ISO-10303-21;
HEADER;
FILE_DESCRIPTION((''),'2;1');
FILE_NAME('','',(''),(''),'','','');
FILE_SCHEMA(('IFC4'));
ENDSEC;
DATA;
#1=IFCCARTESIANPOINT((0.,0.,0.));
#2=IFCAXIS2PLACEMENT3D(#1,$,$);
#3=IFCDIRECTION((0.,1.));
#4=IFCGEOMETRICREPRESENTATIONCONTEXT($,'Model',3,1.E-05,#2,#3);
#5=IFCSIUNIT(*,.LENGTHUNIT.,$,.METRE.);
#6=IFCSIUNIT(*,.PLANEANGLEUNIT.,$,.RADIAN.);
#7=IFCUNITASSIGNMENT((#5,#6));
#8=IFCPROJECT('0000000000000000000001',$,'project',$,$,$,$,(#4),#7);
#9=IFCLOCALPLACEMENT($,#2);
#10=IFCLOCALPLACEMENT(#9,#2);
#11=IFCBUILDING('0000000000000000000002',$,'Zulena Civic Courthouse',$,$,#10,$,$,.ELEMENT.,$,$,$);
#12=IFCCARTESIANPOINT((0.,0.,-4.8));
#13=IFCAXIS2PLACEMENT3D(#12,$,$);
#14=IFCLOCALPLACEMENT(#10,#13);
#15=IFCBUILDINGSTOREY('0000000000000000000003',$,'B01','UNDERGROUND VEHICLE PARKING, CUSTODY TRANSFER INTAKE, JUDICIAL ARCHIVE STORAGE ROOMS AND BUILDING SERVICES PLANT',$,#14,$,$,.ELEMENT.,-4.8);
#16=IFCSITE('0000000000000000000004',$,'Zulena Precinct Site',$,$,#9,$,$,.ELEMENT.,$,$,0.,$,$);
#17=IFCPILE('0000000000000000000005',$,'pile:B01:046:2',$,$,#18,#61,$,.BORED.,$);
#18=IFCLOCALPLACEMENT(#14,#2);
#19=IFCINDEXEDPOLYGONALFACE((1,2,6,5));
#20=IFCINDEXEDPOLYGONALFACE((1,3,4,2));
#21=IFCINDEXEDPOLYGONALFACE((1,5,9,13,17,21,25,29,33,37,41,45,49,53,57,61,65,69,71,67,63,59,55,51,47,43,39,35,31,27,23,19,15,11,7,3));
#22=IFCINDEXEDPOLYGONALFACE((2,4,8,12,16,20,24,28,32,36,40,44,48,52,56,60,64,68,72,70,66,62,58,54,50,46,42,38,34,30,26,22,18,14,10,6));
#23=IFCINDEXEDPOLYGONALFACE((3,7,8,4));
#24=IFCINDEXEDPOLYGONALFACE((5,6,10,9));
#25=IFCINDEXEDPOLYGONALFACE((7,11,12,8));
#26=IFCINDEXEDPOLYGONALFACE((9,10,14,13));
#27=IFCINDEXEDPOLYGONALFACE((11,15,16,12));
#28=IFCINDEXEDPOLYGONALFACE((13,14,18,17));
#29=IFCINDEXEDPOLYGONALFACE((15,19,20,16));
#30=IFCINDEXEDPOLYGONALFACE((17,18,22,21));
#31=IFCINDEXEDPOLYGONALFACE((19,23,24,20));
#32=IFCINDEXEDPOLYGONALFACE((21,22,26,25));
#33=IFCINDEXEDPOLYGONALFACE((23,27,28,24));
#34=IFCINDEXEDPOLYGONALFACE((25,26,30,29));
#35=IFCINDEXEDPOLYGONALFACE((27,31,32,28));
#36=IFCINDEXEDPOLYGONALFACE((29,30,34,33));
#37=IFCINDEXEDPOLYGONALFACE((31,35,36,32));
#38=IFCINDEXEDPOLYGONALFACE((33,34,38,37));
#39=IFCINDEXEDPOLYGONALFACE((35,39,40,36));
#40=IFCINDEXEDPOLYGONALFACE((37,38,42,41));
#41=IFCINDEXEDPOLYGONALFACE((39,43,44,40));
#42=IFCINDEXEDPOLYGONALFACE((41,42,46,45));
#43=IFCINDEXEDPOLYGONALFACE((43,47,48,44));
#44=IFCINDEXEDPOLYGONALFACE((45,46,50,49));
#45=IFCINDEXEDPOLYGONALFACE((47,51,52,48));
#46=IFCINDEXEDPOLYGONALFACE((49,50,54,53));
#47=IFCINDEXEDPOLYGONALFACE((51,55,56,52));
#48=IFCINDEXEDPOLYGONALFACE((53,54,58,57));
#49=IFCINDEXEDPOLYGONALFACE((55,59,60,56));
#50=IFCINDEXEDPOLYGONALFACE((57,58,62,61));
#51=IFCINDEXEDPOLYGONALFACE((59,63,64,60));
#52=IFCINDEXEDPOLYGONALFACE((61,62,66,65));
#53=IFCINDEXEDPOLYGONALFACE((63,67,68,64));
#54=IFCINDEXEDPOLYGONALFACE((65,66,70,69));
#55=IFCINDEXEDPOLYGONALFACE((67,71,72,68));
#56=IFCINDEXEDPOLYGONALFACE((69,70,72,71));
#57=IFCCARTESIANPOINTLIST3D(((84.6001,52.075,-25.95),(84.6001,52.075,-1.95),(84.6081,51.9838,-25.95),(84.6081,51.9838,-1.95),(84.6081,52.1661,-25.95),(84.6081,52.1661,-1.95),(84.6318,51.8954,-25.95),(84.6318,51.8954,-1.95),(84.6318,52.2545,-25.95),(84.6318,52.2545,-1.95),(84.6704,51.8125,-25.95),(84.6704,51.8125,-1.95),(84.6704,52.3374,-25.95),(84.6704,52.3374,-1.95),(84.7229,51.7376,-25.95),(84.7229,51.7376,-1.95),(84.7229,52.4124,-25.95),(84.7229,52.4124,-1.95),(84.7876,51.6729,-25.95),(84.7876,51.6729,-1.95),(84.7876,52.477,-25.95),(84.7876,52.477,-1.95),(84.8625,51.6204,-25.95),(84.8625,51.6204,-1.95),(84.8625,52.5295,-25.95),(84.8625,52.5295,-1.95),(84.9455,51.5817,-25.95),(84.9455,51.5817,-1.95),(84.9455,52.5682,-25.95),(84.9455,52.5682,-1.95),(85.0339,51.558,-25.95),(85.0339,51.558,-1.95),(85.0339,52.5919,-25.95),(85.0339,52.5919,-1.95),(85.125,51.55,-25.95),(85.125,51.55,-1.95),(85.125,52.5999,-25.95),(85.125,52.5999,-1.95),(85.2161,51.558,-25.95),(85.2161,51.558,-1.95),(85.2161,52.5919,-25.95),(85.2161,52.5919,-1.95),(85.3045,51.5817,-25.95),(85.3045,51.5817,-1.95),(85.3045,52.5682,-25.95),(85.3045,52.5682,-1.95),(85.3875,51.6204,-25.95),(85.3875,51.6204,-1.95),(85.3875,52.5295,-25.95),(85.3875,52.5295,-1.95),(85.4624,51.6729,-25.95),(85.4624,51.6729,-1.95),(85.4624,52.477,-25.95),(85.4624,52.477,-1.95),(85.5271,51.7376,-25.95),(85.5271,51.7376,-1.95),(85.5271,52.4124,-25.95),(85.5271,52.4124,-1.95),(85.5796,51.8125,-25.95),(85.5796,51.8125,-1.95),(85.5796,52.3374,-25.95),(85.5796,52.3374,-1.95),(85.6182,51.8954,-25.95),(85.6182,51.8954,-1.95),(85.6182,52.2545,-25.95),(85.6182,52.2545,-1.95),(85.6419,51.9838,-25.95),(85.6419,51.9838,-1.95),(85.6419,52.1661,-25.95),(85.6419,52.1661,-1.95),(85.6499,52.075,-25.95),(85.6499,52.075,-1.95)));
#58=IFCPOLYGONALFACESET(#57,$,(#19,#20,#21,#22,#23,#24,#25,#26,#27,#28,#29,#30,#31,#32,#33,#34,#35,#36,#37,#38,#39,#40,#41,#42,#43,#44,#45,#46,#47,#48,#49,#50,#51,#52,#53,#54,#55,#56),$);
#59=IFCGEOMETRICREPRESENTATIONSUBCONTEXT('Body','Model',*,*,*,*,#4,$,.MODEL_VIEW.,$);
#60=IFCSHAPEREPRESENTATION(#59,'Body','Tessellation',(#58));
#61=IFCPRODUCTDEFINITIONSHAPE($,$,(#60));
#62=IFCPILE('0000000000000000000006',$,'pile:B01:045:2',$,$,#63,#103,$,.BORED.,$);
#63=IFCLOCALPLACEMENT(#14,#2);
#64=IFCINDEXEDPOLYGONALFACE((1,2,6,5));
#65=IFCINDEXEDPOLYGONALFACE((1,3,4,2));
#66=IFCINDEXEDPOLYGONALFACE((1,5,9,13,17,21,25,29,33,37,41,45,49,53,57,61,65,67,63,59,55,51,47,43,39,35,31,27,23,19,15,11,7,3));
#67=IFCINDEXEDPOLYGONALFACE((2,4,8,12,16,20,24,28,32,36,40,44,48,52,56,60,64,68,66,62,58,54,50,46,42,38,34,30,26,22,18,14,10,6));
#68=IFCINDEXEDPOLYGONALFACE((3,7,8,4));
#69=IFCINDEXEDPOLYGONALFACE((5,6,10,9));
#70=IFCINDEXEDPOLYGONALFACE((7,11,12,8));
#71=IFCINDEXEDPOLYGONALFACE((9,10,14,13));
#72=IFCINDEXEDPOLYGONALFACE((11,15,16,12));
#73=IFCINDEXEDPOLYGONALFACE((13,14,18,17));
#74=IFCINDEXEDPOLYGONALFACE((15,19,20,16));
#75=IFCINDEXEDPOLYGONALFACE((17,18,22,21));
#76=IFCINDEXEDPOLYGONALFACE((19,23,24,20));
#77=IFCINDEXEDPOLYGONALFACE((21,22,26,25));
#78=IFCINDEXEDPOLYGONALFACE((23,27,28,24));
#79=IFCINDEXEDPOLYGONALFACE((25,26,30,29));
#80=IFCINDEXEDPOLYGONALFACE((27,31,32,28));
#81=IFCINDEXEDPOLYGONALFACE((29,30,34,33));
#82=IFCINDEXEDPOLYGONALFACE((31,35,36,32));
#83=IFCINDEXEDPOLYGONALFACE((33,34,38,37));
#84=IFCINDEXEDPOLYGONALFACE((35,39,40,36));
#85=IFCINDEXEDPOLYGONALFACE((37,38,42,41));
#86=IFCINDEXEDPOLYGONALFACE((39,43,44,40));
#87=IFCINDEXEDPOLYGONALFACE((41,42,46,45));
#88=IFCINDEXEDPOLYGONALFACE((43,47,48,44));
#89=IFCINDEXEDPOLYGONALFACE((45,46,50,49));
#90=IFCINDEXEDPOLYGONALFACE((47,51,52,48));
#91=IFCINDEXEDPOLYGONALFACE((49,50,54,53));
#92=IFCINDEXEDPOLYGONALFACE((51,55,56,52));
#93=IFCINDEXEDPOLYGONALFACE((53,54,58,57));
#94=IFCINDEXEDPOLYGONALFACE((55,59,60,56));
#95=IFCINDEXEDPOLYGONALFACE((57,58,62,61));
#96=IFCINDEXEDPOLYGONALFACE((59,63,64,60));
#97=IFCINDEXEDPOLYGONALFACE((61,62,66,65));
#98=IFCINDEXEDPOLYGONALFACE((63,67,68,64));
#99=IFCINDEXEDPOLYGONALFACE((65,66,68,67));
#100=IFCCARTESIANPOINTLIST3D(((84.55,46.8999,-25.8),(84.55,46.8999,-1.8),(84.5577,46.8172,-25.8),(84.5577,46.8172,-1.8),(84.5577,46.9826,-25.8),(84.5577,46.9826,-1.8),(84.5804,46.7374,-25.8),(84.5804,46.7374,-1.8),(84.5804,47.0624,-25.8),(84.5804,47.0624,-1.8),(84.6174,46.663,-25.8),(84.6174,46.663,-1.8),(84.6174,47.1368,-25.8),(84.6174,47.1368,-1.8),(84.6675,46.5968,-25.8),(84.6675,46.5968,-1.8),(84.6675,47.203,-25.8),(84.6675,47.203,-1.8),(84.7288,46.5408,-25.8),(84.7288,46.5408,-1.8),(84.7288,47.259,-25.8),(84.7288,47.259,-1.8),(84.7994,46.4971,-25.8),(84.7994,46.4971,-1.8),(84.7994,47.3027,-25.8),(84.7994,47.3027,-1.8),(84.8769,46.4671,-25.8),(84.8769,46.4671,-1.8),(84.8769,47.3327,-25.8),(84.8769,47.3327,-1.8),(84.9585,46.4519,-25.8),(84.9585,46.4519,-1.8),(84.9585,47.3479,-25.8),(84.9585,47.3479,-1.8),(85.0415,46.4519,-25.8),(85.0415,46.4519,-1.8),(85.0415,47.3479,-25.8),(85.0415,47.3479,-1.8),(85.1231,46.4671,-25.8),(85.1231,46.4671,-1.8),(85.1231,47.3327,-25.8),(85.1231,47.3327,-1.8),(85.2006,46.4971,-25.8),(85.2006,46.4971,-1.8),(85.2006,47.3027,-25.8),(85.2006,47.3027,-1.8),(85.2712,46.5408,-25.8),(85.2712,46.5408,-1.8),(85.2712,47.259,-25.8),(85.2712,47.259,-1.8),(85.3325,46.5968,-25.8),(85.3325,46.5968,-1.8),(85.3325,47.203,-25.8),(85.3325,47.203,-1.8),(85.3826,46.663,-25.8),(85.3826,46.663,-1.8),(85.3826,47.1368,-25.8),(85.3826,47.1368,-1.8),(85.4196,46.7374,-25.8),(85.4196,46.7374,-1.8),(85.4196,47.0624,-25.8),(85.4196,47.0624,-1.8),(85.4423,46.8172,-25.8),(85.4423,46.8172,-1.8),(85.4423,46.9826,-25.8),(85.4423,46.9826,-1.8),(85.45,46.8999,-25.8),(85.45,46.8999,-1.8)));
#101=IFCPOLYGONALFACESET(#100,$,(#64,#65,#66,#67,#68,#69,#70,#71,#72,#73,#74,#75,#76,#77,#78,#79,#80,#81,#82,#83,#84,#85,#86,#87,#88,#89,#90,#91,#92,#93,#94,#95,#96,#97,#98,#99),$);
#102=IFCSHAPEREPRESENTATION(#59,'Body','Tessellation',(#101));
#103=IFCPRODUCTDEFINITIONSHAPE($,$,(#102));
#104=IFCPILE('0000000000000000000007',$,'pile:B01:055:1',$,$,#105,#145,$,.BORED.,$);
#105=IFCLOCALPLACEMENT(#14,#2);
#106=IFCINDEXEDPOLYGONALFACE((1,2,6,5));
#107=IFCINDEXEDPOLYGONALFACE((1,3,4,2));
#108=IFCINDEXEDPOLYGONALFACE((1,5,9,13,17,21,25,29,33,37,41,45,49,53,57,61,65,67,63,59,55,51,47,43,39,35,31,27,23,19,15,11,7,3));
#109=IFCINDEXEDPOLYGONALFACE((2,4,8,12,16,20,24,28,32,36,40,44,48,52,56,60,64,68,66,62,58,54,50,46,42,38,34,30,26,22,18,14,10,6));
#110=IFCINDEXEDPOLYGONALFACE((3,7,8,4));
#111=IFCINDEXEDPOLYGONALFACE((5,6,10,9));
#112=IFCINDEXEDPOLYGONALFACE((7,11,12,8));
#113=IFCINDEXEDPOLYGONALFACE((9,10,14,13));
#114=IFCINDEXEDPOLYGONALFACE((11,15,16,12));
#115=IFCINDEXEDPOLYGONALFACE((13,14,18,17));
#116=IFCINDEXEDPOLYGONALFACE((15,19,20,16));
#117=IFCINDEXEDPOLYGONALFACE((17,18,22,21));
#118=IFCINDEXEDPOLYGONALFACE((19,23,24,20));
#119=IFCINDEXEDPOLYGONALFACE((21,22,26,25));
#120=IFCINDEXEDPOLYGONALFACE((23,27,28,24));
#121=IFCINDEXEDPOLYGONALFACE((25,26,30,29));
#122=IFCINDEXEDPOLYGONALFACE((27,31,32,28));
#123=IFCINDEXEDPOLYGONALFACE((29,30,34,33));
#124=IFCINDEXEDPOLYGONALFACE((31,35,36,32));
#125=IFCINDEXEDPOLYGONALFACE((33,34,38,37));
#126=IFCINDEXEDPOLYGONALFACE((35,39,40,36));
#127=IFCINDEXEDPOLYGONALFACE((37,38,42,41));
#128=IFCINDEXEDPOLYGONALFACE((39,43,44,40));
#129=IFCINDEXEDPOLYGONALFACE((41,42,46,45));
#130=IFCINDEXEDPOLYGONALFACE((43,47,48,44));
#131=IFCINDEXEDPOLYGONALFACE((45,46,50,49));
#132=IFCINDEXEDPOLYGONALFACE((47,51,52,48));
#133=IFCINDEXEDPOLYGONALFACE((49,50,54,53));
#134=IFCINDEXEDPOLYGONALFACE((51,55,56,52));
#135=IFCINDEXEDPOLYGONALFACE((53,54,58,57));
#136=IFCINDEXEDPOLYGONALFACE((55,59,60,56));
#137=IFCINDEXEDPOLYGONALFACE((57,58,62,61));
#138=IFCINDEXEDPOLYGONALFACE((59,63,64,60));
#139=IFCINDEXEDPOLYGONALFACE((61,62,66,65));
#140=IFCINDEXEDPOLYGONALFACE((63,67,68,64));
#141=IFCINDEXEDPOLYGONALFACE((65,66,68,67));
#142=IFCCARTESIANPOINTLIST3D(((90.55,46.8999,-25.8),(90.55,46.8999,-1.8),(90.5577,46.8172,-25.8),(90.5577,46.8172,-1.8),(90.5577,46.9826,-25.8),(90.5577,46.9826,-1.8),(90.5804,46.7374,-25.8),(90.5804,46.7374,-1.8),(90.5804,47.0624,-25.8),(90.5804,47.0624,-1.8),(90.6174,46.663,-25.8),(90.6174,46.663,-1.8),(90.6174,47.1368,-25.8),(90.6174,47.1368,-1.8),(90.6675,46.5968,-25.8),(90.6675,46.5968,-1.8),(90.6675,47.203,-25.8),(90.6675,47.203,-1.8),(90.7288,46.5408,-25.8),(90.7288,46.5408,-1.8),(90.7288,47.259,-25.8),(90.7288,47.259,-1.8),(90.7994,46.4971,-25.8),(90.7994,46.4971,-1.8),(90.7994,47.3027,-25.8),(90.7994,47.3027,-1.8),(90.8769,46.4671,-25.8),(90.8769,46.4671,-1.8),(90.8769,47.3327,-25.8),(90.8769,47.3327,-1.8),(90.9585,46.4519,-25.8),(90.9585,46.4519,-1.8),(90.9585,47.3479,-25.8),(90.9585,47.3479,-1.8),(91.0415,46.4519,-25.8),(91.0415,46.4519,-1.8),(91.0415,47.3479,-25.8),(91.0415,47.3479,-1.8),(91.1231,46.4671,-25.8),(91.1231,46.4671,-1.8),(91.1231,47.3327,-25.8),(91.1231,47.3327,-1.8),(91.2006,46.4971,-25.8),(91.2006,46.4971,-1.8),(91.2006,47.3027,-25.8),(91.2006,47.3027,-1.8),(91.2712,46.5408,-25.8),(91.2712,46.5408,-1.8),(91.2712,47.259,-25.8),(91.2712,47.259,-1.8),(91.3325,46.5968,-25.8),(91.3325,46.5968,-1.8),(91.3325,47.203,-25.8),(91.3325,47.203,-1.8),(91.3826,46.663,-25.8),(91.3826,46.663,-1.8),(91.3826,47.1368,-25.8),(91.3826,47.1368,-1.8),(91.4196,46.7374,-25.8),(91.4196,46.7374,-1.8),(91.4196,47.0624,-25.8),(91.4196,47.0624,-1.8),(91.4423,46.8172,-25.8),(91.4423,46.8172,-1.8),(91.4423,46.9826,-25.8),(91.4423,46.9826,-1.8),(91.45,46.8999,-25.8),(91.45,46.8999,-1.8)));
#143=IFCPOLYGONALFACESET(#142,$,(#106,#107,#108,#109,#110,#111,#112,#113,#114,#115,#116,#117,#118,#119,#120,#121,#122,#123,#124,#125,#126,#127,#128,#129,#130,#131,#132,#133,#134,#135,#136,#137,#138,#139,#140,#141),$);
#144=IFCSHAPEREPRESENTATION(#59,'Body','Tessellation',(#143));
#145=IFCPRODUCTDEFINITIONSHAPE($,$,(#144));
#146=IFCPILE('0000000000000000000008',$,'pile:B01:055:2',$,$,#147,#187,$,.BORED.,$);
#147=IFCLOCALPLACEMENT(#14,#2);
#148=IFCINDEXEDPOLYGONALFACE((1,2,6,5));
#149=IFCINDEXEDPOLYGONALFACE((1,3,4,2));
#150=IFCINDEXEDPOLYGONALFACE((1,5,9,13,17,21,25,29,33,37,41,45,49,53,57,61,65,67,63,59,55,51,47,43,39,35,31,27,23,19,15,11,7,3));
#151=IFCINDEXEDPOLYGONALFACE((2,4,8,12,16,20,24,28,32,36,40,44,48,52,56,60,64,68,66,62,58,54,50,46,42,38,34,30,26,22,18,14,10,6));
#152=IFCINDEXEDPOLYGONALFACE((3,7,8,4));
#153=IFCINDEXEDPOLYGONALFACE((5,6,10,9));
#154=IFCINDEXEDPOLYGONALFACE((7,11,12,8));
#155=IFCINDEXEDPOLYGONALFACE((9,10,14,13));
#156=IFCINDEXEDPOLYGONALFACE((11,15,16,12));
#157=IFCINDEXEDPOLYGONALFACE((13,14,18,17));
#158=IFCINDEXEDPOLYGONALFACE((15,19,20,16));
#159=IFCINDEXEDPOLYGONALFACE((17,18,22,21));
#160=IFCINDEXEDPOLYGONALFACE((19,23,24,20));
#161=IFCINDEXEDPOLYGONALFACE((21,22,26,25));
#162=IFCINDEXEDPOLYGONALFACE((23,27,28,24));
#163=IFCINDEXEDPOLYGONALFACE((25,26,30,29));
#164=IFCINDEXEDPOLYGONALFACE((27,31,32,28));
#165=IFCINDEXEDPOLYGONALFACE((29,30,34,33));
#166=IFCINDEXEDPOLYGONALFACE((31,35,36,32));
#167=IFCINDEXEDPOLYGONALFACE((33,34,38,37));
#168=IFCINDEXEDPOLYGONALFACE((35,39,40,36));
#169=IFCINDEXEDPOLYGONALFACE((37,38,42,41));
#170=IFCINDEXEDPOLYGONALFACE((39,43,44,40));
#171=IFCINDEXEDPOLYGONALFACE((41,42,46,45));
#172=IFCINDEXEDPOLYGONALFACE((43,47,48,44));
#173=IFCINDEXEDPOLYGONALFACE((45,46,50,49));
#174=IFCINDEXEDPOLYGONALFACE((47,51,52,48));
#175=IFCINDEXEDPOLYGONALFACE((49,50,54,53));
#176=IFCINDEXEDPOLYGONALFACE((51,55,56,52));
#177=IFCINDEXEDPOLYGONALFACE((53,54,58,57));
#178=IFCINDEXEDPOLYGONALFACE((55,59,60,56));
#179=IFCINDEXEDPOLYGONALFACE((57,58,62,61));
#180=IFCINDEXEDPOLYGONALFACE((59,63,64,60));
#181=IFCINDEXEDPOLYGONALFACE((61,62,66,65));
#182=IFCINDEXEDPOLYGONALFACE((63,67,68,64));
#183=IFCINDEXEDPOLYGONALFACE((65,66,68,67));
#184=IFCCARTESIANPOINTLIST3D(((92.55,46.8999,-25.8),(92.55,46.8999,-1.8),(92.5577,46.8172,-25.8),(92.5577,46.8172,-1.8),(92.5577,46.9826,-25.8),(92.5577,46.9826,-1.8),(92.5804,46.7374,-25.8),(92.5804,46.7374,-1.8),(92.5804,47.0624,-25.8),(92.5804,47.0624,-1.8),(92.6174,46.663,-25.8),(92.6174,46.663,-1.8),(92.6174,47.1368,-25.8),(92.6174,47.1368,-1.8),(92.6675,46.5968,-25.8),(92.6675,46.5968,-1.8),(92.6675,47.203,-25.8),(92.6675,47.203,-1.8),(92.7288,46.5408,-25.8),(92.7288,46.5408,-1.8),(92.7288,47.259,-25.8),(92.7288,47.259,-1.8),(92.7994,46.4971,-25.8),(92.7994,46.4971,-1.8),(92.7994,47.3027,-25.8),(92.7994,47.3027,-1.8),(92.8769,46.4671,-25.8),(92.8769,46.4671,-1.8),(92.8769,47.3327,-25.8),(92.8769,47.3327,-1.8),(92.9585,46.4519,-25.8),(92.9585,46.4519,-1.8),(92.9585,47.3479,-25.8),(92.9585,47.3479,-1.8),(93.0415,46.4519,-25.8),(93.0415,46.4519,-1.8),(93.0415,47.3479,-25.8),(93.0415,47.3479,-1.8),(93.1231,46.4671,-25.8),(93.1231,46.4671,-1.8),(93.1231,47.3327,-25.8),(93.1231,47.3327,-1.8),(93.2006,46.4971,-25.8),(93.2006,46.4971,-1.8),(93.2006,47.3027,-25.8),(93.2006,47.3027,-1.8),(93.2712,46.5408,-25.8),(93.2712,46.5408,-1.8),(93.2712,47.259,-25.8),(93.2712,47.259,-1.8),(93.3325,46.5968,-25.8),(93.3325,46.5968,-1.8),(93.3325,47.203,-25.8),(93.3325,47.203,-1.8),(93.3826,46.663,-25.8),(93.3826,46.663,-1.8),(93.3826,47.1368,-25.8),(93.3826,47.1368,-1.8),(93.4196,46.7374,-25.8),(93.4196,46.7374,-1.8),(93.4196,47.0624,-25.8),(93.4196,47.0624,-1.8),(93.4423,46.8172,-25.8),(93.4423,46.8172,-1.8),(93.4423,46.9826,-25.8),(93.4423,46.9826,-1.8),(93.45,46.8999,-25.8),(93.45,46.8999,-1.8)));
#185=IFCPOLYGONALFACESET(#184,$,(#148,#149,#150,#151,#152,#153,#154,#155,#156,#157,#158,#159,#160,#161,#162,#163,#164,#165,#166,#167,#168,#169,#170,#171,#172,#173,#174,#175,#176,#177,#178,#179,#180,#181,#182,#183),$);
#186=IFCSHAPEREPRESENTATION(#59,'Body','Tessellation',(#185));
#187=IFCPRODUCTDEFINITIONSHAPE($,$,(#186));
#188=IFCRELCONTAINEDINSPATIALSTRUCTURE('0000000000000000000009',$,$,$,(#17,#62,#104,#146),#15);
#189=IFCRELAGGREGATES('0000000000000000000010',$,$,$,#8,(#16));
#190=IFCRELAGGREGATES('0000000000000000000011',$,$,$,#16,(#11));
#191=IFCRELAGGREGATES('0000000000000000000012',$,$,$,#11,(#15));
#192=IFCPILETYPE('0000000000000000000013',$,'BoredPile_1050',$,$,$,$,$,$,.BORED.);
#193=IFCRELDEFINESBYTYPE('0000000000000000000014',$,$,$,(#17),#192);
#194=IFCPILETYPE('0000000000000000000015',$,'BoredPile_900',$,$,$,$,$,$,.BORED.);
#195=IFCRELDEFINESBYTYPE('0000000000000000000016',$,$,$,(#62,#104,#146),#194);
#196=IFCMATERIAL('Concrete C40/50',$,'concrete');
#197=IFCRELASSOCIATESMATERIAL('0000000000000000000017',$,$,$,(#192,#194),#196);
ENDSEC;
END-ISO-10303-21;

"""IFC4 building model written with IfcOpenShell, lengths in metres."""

from ifc_helpers import new_model, si_unit, direction, frame, origin, origin_2d, place, context, subcontext, project, spatial, circle, extrude, material, material_profile, profile_set, type_object, element, save


model = new_model("IFC4")

# Units and contexts
model_context = context("Model", 3, precision=1e-05, world=origin(), true_north=direction((0.0, 1.0)))
body_context = subcontext(model_context, "Body", "Model", "MODEL_VIEW")
ifc_project = project(units=[si_unit("LENGTHUNIT", "METRE"), si_unit("PLANEANGLEUNIT", "RADIAN")], contexts=[model_context])

# Site, building, storey
site_placement = place(None, origin())
site = spatial("IfcSite", under=ifc_project, at=site_placement, Name="Zulena Precinct Site", CompositionType="ELEMENT", RefElevation=0.0)
building_placement = place(site_placement, origin())
building = spatial("IfcBuilding", under=site, at=building_placement, Name="Zulena Civic Courthouse", CompositionType="ELEMENT")
storey_placement = place(building_placement, frame((0.0, 0.0, -4.8)))
storey = spatial("IfcBuildingStorey", under=building, at=storey_placement, Name="B01", Description="UNDERGROUND VEHICLE PARKING, CUSTODY TRANSFER INTAKE, JUDICIAL ARCHIVE STORAGE ROOMS AND BUILDING SERVICES PLANT", CompositionType="ELEMENT", Elevation=-4.8)

# Piles
ifc_material_1 = material(Name="Concrete C40/50", Category="concrete")
ifc_material_profile_1 = material_profile(ifc_material_1, circle(Radius=0.5249, at=origin_2d()), Name="PILE1050")
ifc_profile_set_1 = profile_set([ifc_material_profile_1], Name="Concrete C40/50")
pile_type_1 = type_object("IfcPileType", Name="BoredPile_1050", PredefinedType="BORED", material=ifc_profile_set_1)
pile_placement = place(storey_placement, frame((85.125, 52.075, -1.95), z_axis=(0.0, 0.0, -1.0), x_axis=(1.0, 0.0, 0.0)))
element("IfcPile", 1, at=pile_placement, inside=storey, type_object=pile_type_1, Name="pile:B01:046:2", PredefinedType="BORED", context=body_context, shape_type="SweptSolid", body=[
    extrude(circle(Radius=0.5249, at=origin_2d()), origin(), (0.0, 0.0, 1.0), 24.0),
])
ifc_material_profile_2 = material_profile(ifc_material_1, circle(Radius=0.45, at=origin_2d()), Name="PILE900")
ifc_profile_set_2 = profile_set([ifc_material_profile_2], Name="Concrete C40/50")
pile_type_2 = type_object("IfcPileType", Name="BoredPile_900", PredefinedType="BORED", material=ifc_profile_set_2)
for number, where, z_axis, x_axis, name in (
    (2, (85.0, 46.8999, -1.8), (0.0, 0.0, -1.0), (1.0, 0.0, 0.0), "pile:B01:045:2"),
    (3, (91.0, 46.8999, -1.8), (0.0, 0.0, -1.0), (1.0, 0.0, 0.0), "pile:B01:055:1"),
    (4, (93.0, 46.8999, -1.8), (0.0, 0.0, -1.0), (1.0, 0.0, 0.0), "pile:B01:055:2"),
):
    element("IfcPile", number, at=place(storey_placement, frame(where, z_axis=z_axis, x_axis=x_axis)), inside=storey, type_object=pile_type_2, Name=name, PredefinedType="BORED", context=body_context, shape_type="SweptSolid", body=[
        extrude(circle(Radius=0.45, at=origin_2d()), origin(), (0.0, 0.0, 1.0), 24.0),
    ])

save(model, "model.ifc")
